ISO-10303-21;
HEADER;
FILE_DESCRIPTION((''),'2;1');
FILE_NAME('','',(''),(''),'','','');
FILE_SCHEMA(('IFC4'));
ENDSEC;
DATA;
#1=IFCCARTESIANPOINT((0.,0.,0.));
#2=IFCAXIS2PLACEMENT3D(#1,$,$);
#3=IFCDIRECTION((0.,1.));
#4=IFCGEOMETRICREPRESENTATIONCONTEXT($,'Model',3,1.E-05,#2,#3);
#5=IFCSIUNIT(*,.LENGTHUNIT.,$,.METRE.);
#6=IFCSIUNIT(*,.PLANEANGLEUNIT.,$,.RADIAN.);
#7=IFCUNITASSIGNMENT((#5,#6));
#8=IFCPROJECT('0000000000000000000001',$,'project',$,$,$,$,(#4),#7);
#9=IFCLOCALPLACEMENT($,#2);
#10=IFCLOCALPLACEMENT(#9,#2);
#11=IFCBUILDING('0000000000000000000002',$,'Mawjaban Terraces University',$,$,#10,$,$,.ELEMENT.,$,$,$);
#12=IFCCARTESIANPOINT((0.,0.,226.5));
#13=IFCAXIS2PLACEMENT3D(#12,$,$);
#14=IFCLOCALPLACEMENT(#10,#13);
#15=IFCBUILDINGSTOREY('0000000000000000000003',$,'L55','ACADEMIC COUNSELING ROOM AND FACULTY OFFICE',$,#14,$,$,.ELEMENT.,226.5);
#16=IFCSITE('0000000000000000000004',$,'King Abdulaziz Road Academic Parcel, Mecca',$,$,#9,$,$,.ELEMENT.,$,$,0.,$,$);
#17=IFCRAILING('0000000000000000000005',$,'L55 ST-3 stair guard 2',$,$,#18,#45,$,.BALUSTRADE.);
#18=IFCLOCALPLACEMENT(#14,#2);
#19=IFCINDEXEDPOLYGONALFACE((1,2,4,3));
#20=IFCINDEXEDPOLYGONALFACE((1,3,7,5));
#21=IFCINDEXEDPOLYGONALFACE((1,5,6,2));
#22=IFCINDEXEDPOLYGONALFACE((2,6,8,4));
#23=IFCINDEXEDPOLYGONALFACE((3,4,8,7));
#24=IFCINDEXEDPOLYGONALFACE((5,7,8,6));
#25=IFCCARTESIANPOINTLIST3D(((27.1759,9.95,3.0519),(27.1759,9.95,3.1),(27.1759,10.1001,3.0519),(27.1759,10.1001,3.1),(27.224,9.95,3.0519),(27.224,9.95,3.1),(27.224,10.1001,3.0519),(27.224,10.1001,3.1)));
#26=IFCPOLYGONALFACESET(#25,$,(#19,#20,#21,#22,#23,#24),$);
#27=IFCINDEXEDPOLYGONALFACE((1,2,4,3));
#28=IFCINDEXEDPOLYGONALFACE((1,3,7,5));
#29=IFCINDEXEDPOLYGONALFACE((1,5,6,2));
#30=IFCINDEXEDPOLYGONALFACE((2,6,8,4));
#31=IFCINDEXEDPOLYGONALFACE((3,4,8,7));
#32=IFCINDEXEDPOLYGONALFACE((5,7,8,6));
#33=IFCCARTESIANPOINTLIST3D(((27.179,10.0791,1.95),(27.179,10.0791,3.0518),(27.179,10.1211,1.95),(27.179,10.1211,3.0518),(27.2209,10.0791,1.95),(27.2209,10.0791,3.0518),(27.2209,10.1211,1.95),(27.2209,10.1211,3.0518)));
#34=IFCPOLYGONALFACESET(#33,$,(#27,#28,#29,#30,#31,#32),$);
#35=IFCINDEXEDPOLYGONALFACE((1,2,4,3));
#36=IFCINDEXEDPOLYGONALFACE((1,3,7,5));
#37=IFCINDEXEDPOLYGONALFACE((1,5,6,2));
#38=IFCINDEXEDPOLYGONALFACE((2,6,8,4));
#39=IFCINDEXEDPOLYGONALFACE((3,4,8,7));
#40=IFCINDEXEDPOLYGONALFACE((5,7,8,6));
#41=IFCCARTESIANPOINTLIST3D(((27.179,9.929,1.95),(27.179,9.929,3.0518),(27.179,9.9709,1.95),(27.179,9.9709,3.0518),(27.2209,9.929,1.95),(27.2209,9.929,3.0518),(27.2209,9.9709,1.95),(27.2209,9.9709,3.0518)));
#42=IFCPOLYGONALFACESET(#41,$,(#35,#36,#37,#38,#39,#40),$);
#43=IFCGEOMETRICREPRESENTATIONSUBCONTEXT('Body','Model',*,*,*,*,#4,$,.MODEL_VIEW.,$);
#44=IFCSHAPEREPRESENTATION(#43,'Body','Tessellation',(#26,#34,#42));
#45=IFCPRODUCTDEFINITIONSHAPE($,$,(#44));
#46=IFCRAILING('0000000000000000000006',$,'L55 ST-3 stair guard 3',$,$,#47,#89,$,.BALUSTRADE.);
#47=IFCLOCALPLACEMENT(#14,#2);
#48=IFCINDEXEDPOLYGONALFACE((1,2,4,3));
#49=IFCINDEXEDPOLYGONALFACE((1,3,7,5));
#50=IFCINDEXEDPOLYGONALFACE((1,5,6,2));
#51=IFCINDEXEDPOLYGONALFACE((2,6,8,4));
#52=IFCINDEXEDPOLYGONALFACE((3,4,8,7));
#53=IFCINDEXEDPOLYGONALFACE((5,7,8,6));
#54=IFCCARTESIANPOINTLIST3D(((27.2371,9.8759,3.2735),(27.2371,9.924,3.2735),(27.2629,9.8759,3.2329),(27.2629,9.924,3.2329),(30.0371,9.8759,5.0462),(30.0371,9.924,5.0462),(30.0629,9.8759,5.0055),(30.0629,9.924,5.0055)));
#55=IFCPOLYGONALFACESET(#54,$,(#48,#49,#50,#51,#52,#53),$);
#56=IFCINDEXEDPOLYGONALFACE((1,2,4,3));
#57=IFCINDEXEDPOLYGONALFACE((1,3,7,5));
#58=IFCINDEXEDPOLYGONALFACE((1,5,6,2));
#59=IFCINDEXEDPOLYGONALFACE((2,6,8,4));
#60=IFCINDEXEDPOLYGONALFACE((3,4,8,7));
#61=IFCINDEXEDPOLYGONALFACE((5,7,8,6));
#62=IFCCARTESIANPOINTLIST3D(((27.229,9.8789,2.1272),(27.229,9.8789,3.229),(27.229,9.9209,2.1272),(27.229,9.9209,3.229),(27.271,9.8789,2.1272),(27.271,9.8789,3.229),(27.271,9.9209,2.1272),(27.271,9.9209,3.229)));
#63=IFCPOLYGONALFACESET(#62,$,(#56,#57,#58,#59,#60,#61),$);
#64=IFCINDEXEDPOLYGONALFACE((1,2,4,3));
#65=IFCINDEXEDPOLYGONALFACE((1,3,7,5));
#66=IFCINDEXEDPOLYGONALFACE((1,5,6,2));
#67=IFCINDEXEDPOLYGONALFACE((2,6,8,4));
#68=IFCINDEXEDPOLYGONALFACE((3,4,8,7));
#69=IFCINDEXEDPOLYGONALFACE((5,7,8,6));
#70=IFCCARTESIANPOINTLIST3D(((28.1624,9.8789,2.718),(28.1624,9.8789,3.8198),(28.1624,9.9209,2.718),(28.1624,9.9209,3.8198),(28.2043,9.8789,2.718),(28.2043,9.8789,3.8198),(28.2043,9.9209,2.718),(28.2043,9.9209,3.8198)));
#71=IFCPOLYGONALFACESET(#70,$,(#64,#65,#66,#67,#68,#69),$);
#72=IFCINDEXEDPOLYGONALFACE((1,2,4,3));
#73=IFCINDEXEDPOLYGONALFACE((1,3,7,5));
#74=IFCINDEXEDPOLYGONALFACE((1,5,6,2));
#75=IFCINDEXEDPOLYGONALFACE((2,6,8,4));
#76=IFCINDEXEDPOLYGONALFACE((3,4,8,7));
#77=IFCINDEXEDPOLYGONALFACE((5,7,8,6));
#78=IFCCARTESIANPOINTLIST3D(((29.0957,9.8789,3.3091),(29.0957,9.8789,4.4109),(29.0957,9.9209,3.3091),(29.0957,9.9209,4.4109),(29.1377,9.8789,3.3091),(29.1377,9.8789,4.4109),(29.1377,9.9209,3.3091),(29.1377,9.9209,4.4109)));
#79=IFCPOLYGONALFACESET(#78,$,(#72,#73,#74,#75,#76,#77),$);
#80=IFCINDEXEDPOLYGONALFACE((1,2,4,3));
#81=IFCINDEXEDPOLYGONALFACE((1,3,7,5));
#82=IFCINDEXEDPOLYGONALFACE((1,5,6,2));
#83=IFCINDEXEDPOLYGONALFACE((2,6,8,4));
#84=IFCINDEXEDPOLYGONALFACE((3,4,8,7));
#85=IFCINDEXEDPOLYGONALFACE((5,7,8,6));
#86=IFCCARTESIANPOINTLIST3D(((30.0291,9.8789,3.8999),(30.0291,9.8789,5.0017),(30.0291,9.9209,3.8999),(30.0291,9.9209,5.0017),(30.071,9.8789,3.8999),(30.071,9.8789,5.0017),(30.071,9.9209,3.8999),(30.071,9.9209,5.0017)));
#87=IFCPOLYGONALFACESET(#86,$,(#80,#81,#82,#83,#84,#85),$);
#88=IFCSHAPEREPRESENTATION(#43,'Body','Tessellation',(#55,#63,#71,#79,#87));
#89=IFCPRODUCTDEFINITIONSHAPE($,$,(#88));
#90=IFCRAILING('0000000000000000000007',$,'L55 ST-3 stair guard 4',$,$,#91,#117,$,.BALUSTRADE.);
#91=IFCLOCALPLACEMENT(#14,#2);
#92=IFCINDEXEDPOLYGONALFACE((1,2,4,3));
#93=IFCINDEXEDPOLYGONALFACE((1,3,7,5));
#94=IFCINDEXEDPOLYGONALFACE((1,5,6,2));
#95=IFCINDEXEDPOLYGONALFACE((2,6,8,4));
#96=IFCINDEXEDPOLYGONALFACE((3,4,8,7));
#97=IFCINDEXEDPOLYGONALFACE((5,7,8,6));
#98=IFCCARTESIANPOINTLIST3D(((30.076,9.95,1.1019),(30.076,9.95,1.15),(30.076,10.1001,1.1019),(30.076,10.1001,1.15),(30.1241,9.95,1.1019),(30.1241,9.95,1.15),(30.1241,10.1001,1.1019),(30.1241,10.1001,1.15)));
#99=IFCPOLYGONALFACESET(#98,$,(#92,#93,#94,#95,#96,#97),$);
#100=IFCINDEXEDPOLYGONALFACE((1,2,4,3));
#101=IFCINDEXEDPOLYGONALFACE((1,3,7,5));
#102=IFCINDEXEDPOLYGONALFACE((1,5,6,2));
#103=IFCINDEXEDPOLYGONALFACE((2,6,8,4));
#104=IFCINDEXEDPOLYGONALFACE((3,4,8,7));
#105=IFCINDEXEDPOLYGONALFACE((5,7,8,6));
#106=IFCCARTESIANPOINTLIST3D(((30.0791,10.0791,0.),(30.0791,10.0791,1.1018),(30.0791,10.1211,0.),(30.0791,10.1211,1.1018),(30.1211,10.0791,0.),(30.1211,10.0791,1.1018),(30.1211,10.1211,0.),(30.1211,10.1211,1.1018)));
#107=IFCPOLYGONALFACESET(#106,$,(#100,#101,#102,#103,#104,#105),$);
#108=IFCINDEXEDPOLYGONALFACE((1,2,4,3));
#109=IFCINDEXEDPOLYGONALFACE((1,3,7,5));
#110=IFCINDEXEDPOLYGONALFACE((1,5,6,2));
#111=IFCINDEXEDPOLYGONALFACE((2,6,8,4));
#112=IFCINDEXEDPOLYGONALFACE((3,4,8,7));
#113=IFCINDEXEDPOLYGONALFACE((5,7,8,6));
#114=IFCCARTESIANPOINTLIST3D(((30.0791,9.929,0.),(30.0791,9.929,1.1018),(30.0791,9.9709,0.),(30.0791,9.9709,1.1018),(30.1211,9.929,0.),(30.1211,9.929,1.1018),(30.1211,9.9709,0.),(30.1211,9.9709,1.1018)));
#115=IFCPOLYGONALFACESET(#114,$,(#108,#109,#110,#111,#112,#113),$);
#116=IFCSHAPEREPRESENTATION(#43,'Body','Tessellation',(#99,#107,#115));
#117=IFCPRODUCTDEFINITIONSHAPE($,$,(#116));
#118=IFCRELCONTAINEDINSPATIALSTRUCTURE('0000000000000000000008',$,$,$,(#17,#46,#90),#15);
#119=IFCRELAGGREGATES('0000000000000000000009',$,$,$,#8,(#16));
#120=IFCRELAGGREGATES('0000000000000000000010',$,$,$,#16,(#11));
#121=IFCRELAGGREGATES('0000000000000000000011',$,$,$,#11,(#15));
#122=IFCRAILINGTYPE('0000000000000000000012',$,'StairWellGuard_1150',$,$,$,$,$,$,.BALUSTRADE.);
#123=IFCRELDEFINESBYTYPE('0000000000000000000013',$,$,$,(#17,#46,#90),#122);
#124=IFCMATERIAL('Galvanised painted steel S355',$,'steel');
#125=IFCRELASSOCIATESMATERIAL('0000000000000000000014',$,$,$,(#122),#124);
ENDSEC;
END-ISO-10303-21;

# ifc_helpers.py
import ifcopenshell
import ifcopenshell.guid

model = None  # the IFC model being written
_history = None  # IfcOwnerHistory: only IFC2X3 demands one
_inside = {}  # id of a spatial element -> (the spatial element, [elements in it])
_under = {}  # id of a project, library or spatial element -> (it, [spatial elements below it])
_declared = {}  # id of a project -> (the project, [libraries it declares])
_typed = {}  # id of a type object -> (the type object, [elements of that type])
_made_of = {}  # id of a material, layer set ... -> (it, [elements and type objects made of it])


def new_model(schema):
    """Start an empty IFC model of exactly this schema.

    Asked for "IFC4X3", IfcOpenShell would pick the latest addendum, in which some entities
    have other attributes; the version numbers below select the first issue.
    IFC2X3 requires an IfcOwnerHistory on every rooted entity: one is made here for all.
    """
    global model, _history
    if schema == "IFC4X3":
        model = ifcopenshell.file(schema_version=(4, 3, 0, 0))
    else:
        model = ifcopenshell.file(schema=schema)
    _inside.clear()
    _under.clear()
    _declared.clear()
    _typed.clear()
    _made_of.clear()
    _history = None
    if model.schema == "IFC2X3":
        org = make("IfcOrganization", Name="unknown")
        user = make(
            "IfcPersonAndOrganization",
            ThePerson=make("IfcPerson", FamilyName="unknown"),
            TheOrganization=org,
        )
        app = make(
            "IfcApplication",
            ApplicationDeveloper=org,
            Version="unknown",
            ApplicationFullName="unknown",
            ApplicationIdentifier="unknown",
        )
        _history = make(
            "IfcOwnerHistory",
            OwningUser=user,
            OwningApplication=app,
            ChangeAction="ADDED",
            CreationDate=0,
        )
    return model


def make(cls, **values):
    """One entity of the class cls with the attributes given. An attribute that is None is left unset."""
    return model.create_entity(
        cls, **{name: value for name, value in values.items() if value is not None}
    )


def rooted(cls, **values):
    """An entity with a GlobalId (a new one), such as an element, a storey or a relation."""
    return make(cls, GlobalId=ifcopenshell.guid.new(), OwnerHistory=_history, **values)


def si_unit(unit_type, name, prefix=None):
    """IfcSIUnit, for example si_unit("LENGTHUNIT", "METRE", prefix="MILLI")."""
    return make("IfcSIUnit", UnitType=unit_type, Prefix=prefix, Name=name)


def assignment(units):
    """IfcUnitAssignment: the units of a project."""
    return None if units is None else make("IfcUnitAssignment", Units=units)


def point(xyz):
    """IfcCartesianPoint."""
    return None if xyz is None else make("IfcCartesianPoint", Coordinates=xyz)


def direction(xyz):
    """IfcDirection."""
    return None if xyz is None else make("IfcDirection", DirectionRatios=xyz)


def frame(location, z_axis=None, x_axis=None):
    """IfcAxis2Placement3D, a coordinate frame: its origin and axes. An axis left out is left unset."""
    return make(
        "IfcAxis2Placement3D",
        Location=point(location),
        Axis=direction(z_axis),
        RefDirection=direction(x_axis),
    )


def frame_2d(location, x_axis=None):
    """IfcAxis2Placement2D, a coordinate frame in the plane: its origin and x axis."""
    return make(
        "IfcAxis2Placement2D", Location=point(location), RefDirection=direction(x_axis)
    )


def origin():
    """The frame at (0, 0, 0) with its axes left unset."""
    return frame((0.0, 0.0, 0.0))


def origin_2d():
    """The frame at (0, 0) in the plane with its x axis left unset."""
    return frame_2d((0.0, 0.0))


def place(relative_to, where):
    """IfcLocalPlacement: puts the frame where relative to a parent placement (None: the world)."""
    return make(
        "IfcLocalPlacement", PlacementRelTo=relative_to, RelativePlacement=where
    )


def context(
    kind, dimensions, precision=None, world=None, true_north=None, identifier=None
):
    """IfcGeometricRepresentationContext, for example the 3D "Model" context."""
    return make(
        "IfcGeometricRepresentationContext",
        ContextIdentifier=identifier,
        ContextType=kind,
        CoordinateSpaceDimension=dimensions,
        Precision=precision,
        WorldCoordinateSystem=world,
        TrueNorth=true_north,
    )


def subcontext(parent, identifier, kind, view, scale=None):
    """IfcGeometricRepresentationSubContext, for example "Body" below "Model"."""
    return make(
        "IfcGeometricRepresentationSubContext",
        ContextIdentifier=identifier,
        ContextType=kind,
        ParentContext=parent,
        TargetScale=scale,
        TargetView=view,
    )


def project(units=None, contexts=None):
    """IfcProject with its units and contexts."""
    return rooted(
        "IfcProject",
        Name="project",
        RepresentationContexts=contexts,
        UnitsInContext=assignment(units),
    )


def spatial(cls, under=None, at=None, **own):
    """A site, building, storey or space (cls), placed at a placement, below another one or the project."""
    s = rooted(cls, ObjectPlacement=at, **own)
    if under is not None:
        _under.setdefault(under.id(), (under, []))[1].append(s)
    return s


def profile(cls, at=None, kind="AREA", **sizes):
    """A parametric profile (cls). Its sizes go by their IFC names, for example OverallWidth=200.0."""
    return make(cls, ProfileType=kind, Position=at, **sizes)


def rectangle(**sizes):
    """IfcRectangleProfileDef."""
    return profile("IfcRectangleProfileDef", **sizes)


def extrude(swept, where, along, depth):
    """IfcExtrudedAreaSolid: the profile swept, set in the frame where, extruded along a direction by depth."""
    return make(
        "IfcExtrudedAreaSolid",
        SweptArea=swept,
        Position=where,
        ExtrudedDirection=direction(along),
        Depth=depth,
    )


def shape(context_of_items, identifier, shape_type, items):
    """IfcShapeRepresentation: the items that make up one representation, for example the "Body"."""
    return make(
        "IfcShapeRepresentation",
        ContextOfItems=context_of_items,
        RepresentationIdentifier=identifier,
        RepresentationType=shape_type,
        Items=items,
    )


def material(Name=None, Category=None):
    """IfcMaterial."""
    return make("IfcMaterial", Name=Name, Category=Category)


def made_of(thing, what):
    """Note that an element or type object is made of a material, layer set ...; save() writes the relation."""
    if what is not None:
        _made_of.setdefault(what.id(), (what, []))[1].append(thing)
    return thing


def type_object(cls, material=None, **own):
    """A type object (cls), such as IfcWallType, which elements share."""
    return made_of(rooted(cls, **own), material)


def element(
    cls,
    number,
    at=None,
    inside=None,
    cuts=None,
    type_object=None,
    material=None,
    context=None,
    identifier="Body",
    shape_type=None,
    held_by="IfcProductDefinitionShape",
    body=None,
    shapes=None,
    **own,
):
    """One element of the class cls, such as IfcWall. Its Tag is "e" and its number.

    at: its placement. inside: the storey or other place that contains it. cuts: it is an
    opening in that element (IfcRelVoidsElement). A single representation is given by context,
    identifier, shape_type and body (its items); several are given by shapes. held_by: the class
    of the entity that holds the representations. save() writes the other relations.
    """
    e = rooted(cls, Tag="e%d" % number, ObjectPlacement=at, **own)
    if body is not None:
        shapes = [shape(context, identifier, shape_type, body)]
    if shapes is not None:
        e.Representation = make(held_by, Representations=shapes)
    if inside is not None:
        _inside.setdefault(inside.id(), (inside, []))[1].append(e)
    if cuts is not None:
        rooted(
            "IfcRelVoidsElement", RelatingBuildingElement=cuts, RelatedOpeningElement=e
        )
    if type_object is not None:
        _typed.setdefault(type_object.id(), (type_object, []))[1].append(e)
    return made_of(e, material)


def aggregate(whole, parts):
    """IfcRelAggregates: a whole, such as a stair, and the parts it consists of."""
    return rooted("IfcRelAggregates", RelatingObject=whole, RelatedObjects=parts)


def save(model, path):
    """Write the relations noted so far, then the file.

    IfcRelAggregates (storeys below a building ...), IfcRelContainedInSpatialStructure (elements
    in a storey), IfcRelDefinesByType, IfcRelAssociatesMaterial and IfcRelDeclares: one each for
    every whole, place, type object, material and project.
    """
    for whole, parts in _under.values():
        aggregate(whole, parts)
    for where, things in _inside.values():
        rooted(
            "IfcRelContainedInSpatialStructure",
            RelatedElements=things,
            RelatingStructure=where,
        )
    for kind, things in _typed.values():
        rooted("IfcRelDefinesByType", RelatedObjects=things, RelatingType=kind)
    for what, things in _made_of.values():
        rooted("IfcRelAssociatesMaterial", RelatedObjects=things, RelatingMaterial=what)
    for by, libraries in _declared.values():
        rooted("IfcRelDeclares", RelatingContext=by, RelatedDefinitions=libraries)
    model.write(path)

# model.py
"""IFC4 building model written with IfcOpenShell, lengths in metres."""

from ifc_helpers import new_model, si_unit, direction, frame, origin, origin_2d, place, context, subcontext, project, spatial, rectangle, extrude, material, type_object, element, save


model = new_model("IFC4")

# Units and contexts
model_context = context("Model", 3, precision=1e-05, world=origin(), true_north=direction((0.0, 1.0)))
body_context = subcontext(model_context, "Body", "Model", "MODEL_VIEW")
ifc_project = project(units=[si_unit("LENGTHUNIT", "METRE"), si_unit("PLANEANGLEUNIT", "RADIAN")], contexts=[model_context])

# Site, building, storey
site_placement = place(None, origin())
site = spatial("IfcSite", under=ifc_project, at=site_placement, Name="King Abdulaziz Road Academic Parcel, Mecca", CompositionType="ELEMENT", RefElevation=0.0)
building_placement = place(site_placement, origin())
building = spatial("IfcBuilding", under=site, at=building_placement, Name="Mawjaban Terraces University", CompositionType="ELEMENT")
storey_placement = place(building_placement, frame((0.0, 0.0, 226.5)))
storey = spatial("IfcBuildingStorey", under=building, at=storey_placement, Name="L55", Description="ACADEMIC COUNSELING ROOM AND FACULTY OFFICE", CompositionType="ELEMENT", Elevation=226.5)

# Railings
ifc_material_1 = material(Name="Galvanised painted steel S355", Category="steel")
railing_type_1 = type_object("IfcRailingType", Name="StairWellGuard_1150", PredefinedType="BALUSTRADE", material=ifc_material_1)
railing_1_placement = place(storey_placement, frame((27.2, 10.1001, 1.95)))
element("IfcRailing", 1, at=railing_1_placement, inside=storey, type_object=railing_type_1, Name="L55 ST-3 stair guard 2", PredefinedType="BALUSTRADE", context=body_context, shape_type="SweptSolid", body=[
    extrude(rectangle(XDim=0.0481, YDim=0.0481, at=origin_2d()), frame((0.0, 0.0, 1.126), z_axis=(0.0, -1.0, 0.0), x_axis=(1.0, 0.0, 0.0)), (0.0, 0.0, 1.0), 0.1501),
    extrude(rectangle(XDim=0.042, YDim=0.042, at=origin_2d()), origin(), (0.0, 0.0, 1.0), 1.1018),
    extrude(rectangle(XDim=0.042, YDim=0.042, at=origin_2d()), frame((0.0, -0.1501, 0.0)), (0.0, 0.0, 1.0), 1.1018),
])
railing_2_placement = place(storey_placement, frame((27.25, 9.8999, 2.1272)))
element("IfcRailing", 2, at=railing_2_placement, inside=storey, type_object=railing_type_1, Name="L55 ST-3 stair guard 3", PredefinedType="BALUSTRADE", context=body_context, shape_type="SweptSolid", body=[
    extrude(rectangle(XDim=0.0481, YDim=0.0481, at=origin_2d()), frame((0.0, 0.0, 1.126), z_axis=(0.844909, 0.0, 0.53491), x_axis=(0.0, 1.0, 0.0)), (0.0, 0.0, 1.0), 3.314),
    extrude(rectangle(XDim=0.042, YDim=0.042, at=origin_2d()), origin(), (0.0, 0.0, 1.0), 1.1018),
    extrude(rectangle(XDim=0.042, YDim=0.042, at=origin_2d()), frame((0.9333, 0.0, 0.5908)), (0.0, 0.0, 1.0), 1.1018),
    extrude(rectangle(XDim=0.042, YDim=0.042, at=origin_2d()), frame((1.8667, 0.0, 1.1819)), (0.0, 0.0, 1.0), 1.1018),
    extrude(rectangle(XDim=0.042, YDim=0.042, at=origin_2d()), frame((2.8, 0.0, 1.7727)), (0.0, 0.0, 1.0), 1.1018),
])
railing_3_placement = place(storey_placement, frame((30.1001, 10.1001, 0.0)))
element("IfcRailing", 3, at=railing_3_placement, inside=storey, type_object=railing_type_1, Name="L55 ST-3 stair guard 4", PredefinedType="BALUSTRADE", context=body_context, shape_type="SweptSolid", body=[
    extrude(rectangle(XDim=0.0481, YDim=0.0481, at=origin_2d()), frame((0.0, 0.0, 1.126), z_axis=(0.0, -1.0, 0.0), x_axis=(1.0, 0.0, 0.0)), (0.0, 0.0, 1.0), 0.1501),
    extrude(rectangle(XDim=0.042, YDim=0.042, at=origin_2d()), origin(), (0.0, 0.0, 1.0), 1.1018),
    extrude(rectangle(XDim=0.042, YDim=0.042, at=origin_2d()), frame((0.0, -0.1501, 0.0)), (0.0, 0.0, 1.0), 1.1018),
])

save(model, "model.ifc")
